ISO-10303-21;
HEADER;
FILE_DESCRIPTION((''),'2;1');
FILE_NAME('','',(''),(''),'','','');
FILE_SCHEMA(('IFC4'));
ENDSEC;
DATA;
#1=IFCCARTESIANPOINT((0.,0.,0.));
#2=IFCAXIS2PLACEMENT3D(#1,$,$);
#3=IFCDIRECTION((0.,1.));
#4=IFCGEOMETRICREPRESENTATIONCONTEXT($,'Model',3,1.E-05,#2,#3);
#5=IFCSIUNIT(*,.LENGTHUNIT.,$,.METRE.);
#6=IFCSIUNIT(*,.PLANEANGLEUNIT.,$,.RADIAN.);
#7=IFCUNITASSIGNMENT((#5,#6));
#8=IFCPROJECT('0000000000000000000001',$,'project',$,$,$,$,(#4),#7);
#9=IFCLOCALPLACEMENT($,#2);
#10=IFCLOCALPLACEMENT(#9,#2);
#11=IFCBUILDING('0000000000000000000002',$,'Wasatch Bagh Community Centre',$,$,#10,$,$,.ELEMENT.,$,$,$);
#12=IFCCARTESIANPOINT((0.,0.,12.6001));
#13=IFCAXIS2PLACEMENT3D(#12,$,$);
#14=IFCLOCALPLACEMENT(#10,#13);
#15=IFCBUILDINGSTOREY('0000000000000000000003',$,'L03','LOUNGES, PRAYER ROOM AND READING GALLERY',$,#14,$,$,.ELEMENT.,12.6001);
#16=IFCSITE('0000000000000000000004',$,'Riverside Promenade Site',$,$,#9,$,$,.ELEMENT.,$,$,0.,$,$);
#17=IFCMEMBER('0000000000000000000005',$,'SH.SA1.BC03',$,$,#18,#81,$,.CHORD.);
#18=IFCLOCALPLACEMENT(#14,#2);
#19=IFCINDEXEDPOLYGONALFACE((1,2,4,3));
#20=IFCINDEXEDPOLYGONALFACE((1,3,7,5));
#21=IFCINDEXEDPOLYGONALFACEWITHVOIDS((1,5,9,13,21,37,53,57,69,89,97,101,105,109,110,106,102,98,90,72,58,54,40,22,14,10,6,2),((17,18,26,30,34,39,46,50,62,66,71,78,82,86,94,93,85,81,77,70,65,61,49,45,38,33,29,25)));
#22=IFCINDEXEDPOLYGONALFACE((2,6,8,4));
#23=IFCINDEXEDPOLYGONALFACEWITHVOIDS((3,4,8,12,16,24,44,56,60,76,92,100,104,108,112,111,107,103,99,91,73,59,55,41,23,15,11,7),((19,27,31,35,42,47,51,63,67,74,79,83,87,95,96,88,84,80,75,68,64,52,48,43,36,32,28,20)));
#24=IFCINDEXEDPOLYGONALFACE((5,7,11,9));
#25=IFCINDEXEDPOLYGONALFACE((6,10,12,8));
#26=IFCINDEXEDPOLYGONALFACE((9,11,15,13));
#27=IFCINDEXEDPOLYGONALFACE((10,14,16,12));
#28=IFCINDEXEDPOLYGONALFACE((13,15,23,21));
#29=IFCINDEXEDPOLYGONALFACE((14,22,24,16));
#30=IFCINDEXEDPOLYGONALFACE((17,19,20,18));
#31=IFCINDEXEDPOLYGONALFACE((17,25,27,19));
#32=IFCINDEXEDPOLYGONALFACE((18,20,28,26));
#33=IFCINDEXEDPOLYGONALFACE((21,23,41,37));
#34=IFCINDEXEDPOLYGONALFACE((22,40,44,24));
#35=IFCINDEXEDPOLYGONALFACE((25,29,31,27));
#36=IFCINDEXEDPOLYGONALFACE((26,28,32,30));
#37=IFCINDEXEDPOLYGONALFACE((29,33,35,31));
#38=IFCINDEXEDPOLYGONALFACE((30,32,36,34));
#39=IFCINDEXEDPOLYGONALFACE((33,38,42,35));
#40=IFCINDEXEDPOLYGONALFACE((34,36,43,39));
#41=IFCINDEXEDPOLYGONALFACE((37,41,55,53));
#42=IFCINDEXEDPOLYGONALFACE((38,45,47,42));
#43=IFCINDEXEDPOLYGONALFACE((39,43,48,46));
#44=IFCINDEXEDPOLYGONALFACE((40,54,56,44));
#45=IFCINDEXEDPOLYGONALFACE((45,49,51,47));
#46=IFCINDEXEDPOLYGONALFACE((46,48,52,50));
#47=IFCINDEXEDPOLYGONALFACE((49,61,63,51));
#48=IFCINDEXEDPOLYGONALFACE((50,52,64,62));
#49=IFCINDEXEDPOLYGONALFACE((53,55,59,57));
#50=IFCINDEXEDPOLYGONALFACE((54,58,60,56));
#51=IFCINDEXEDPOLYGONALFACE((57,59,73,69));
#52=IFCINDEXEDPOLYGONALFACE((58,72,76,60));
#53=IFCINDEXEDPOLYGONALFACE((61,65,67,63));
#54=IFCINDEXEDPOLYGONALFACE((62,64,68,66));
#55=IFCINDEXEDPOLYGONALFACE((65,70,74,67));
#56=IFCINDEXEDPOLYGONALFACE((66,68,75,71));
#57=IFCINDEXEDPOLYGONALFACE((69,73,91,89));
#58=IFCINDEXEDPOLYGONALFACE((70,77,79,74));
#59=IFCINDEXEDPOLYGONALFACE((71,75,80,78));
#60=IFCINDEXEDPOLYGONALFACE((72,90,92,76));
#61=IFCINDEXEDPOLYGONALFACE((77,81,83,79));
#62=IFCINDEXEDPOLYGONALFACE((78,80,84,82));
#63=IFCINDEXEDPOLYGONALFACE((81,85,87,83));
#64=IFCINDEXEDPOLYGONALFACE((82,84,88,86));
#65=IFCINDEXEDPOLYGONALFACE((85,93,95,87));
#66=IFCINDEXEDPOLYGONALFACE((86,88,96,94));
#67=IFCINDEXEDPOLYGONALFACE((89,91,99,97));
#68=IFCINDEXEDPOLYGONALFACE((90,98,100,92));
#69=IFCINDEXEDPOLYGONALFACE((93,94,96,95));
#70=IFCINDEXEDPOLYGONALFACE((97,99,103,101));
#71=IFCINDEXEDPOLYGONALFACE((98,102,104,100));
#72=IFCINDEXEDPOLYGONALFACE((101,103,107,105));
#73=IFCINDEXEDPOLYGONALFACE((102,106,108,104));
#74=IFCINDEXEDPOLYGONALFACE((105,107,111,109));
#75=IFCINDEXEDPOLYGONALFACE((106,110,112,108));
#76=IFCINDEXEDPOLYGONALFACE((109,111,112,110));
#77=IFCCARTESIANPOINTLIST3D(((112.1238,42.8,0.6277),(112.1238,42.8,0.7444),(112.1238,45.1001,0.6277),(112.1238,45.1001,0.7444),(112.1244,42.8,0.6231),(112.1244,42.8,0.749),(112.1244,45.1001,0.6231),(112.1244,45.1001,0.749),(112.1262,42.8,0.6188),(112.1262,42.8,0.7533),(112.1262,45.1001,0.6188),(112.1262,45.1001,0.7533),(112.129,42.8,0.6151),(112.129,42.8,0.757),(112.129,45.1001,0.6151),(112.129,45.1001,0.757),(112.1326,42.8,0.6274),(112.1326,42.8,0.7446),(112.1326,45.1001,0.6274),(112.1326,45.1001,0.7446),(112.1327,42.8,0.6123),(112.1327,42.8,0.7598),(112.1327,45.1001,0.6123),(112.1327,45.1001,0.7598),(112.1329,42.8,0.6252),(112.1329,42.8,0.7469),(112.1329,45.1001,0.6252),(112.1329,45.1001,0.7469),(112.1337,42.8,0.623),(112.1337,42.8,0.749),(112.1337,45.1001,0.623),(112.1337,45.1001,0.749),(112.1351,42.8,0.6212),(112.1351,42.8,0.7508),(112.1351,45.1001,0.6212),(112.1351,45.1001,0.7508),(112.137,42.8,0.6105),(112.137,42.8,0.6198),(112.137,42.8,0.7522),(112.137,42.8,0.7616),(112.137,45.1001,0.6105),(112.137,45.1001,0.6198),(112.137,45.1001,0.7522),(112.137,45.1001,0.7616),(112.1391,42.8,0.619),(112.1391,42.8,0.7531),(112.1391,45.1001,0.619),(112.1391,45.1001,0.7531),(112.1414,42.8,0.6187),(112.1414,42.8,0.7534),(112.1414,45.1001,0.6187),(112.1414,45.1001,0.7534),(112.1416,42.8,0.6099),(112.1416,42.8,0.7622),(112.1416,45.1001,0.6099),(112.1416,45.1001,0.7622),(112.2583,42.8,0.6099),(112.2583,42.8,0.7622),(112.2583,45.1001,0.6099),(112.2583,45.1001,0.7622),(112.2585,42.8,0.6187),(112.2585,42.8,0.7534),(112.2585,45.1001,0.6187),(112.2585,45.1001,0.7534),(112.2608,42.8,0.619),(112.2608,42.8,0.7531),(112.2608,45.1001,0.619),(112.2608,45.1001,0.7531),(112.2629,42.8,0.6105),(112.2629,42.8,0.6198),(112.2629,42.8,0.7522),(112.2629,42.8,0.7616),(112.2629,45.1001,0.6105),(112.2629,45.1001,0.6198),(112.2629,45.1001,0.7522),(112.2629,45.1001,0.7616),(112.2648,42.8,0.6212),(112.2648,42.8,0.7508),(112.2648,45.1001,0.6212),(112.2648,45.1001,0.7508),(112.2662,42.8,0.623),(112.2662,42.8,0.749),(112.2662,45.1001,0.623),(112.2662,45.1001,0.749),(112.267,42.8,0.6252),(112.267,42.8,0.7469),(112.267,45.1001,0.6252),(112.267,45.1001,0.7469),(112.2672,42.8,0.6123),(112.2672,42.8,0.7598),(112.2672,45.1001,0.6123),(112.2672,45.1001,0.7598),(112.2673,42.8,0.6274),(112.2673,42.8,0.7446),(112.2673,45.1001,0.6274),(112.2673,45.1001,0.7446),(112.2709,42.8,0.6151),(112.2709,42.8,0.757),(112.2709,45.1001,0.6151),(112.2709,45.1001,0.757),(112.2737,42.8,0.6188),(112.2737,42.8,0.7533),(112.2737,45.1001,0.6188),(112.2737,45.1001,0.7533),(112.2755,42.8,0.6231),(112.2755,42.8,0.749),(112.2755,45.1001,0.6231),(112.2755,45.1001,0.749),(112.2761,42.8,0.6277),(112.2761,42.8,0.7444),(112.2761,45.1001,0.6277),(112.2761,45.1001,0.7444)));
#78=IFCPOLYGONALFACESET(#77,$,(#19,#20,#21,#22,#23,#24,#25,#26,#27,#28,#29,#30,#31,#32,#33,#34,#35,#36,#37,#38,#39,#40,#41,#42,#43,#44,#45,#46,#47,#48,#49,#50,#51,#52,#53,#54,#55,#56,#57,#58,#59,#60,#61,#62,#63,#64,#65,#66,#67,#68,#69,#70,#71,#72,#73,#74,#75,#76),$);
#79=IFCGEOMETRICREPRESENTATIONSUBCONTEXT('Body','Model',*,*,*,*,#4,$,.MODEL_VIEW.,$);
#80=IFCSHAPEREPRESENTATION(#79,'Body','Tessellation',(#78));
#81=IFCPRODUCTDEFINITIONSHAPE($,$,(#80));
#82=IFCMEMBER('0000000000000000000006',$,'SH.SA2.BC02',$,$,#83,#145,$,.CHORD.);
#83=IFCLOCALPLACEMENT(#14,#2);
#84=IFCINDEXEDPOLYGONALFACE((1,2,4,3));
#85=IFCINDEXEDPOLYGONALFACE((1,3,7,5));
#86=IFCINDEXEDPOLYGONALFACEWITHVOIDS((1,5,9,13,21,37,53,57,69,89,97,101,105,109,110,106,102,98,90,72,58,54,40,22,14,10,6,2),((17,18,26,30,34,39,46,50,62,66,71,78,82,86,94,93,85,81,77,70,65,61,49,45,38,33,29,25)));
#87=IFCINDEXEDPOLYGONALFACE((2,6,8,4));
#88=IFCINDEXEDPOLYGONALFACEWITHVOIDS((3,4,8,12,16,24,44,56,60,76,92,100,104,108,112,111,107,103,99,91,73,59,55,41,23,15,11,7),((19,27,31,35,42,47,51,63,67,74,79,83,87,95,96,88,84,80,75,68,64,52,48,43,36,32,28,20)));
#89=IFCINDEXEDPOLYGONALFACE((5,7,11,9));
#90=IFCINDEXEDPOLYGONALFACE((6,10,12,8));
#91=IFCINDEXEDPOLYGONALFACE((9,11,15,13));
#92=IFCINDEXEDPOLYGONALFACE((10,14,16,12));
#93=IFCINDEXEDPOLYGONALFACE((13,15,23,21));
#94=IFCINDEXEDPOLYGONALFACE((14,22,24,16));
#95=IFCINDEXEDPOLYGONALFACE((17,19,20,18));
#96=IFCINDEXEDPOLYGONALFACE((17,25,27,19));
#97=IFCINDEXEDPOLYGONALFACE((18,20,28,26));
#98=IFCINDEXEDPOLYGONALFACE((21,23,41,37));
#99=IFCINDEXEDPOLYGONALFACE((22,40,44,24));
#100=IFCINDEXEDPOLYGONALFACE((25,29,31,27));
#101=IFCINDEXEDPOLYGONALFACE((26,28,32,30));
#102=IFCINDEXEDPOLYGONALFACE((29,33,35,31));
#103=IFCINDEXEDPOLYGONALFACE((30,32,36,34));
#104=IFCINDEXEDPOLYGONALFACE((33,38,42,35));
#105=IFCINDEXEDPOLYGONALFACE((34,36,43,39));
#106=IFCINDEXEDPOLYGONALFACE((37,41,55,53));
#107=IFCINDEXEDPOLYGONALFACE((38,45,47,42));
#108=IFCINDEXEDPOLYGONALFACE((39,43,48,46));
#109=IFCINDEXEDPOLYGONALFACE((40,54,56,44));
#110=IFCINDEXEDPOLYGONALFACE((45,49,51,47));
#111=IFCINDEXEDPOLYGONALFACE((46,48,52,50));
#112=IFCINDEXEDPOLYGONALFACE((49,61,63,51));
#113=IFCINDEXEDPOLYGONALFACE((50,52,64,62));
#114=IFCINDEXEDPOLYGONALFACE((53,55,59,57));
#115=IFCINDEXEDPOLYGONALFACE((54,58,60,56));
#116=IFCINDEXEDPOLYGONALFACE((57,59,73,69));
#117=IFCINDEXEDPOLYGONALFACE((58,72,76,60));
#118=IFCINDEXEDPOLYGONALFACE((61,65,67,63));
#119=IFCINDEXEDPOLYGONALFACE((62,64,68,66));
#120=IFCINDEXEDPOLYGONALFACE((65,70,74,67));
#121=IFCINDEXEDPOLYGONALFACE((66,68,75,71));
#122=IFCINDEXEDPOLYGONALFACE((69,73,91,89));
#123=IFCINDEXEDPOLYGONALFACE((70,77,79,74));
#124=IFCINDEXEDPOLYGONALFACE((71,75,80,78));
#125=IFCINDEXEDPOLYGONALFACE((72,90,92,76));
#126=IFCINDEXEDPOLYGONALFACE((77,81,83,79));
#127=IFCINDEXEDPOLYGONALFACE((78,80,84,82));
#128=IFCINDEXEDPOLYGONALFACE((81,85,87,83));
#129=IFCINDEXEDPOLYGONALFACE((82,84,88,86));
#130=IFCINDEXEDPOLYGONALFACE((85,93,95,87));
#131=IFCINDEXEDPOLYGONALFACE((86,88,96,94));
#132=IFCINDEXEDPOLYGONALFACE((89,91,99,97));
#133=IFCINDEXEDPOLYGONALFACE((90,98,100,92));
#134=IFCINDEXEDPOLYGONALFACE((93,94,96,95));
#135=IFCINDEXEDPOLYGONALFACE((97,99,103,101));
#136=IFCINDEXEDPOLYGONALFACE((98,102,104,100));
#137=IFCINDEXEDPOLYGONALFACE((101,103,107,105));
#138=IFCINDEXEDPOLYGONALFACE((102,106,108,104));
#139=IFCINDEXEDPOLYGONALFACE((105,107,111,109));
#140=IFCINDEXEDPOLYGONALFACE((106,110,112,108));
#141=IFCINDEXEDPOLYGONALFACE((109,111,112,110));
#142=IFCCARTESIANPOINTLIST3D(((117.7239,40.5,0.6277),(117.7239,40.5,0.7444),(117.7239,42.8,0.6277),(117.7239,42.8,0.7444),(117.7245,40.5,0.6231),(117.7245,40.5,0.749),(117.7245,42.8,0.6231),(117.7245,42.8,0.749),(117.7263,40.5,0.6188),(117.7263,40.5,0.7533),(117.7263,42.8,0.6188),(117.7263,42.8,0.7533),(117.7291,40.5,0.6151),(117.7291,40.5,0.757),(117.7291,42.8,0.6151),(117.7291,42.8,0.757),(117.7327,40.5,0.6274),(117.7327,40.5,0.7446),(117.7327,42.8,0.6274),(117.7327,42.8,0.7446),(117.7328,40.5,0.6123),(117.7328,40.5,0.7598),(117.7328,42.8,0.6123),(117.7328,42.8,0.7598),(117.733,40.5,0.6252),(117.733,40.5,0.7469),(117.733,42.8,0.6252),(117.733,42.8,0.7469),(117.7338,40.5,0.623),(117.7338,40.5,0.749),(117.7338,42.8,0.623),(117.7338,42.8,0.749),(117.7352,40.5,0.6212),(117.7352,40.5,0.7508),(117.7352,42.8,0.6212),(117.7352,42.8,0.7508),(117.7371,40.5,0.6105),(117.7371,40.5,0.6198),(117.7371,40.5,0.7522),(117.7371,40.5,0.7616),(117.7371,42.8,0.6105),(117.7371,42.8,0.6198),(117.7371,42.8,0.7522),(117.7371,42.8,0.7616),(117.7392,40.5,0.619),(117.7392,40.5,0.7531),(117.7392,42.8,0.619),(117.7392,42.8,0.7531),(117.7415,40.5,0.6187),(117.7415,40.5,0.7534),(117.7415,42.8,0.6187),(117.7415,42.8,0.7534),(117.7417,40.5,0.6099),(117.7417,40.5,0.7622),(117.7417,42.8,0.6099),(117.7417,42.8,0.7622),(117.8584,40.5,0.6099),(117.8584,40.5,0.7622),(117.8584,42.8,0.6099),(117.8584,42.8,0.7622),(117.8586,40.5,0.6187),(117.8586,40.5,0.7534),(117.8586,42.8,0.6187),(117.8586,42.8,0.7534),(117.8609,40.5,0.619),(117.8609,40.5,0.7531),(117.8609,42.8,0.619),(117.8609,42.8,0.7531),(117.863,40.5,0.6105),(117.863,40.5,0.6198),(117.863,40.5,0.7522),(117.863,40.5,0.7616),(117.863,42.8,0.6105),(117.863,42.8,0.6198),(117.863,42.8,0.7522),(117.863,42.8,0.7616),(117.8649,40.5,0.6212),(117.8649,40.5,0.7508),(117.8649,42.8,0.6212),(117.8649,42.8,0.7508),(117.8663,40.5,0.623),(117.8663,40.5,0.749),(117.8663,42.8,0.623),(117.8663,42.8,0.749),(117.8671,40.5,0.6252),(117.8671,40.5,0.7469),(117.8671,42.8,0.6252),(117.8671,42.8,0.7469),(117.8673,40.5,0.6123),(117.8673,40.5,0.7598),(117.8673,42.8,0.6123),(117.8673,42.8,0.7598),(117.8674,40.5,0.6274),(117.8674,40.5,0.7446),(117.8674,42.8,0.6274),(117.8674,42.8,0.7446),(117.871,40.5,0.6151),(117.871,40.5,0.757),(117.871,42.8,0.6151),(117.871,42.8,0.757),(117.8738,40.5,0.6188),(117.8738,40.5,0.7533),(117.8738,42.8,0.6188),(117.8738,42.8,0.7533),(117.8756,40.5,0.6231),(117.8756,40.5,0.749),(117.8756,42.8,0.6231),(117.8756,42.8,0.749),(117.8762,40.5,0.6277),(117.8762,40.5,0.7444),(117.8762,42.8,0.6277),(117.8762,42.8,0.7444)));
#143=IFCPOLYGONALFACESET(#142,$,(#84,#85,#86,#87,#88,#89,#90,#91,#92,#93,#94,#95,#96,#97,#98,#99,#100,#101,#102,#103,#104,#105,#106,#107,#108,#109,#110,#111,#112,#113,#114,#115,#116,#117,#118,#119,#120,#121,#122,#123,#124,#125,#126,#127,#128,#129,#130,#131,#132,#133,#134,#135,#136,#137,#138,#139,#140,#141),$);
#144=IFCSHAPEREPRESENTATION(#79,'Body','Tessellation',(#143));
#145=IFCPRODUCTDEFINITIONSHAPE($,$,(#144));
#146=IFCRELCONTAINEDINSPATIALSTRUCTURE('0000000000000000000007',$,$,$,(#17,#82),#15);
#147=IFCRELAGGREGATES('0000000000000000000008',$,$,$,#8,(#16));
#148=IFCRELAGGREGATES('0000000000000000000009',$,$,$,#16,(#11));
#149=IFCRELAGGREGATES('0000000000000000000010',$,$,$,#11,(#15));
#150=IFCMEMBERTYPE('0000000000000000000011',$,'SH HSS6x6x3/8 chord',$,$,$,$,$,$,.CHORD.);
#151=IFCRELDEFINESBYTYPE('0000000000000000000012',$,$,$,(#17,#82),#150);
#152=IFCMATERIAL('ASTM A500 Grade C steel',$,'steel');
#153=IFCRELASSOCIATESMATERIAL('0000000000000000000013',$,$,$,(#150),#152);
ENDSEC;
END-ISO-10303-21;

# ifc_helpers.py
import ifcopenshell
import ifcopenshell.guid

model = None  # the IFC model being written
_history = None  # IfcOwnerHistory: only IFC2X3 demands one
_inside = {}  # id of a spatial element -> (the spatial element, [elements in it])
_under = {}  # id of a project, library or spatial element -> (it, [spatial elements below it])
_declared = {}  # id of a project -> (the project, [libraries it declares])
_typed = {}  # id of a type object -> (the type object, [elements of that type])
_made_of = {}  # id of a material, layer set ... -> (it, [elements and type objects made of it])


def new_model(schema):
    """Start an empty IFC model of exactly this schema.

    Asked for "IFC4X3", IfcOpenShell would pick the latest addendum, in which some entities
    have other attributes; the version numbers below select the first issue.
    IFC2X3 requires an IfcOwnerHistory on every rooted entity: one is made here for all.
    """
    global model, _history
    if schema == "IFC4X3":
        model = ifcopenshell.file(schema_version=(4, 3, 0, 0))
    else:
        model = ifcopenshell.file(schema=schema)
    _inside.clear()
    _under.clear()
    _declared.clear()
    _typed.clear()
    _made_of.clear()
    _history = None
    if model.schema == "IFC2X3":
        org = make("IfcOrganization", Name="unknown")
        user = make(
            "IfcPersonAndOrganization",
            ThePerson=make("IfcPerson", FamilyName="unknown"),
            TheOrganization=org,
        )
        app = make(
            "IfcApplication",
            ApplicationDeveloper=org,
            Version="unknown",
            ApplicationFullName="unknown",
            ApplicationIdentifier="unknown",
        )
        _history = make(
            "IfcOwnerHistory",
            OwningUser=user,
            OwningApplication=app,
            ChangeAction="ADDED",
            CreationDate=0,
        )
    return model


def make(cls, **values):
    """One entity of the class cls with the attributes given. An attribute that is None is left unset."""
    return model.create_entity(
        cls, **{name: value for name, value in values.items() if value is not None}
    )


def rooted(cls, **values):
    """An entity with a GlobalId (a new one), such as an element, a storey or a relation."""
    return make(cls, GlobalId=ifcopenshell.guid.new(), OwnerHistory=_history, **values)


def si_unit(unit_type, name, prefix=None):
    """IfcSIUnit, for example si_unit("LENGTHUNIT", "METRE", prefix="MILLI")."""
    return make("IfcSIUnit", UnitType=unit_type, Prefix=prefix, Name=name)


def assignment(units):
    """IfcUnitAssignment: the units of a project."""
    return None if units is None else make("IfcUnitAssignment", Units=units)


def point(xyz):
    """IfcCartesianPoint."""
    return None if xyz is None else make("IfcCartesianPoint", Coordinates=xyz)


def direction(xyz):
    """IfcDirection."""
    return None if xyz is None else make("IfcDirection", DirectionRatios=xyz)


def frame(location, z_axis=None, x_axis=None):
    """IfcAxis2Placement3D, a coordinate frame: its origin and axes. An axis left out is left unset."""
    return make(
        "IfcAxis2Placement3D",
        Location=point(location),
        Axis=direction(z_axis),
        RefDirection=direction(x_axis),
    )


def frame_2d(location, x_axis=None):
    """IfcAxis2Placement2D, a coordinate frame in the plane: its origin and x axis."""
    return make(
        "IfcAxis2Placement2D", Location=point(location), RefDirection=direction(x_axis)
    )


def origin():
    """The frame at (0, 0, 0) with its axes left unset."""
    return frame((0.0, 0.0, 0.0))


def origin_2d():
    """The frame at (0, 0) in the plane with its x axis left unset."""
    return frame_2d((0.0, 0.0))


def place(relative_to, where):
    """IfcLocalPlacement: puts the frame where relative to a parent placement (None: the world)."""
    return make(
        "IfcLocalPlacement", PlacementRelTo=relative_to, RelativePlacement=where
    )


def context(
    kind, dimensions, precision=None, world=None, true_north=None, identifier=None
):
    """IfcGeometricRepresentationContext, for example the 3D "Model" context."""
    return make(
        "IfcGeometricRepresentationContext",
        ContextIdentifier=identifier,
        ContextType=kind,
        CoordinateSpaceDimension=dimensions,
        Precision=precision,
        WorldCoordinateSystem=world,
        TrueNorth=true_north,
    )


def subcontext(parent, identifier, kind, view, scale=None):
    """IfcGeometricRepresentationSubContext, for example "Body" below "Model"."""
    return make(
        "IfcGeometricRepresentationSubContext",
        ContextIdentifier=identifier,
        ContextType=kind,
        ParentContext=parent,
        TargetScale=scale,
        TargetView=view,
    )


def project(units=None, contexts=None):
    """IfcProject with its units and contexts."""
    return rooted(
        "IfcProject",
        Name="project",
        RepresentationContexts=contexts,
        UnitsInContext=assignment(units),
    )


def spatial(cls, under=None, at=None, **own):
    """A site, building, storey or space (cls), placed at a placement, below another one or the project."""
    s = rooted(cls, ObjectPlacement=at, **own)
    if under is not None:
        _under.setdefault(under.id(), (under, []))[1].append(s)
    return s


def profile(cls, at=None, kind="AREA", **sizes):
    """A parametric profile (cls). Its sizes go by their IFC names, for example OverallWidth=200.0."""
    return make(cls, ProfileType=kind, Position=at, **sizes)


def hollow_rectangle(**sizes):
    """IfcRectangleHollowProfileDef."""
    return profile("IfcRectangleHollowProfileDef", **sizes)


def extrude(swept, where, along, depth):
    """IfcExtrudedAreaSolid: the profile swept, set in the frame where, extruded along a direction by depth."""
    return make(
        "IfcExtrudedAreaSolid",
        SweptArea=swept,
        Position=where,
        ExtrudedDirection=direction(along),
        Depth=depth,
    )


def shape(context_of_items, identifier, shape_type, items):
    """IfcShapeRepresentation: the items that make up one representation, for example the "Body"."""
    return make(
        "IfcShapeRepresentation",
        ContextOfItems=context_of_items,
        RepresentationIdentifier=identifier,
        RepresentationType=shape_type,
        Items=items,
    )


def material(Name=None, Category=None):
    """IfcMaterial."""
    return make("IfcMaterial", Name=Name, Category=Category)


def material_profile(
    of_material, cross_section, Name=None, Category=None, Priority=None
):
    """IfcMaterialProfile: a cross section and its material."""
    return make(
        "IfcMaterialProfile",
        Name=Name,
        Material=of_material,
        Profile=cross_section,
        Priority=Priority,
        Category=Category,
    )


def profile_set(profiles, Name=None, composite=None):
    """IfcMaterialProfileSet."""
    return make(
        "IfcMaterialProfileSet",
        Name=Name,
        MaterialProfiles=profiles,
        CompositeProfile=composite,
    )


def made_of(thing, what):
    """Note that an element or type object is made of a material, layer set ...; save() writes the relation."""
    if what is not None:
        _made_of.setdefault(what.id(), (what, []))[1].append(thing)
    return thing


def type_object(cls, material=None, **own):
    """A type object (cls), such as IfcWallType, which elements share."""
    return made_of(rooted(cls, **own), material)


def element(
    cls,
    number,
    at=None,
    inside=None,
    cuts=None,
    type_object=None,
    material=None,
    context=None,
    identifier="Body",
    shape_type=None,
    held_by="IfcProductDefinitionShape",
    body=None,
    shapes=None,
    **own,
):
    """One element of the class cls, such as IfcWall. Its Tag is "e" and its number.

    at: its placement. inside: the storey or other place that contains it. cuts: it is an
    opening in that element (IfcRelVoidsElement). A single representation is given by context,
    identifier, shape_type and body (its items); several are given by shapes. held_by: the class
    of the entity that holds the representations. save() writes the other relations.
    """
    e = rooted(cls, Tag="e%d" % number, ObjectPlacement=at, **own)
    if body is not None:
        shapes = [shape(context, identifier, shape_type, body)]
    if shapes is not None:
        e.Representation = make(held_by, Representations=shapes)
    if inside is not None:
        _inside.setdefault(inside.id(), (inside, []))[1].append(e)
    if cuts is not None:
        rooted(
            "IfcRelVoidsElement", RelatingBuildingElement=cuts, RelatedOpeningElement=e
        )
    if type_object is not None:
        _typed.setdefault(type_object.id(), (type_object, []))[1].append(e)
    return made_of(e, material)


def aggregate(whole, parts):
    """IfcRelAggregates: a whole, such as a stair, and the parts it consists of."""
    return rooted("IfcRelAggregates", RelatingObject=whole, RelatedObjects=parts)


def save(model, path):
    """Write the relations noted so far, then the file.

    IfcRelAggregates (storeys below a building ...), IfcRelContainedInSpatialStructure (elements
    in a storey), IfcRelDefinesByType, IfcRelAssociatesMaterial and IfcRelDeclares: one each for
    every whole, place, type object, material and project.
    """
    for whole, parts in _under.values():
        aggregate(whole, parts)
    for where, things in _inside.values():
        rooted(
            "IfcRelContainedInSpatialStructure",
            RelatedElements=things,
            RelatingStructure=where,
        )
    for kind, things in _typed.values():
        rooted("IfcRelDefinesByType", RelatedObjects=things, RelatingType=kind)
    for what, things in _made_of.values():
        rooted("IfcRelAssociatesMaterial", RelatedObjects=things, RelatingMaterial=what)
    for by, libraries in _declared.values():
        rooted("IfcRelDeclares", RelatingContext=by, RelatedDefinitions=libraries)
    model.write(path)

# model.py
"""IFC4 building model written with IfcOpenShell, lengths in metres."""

from ifc_helpers import new_model, si_unit, direction, frame, origin, origin_2d, place, context, subcontext, project, spatial, hollow_rectangle, extrude, material, material_profile, profile_set, type_object, element, save


model = new_model("IFC4")

# Units and contexts
model_context = context("Model", 3, precision=1e-05, world=origin(), true_north=direction((0.0, 1.0)))
body_context = subcontext(model_context, "Body", "Model", "MODEL_VIEW")
ifc_project = project(units=[si_unit("LENGTHUNIT", "METRE"), si_unit("PLANEANGLEUNIT", "RADIAN")], contexts=[model_context])

# Site, building, storey
site_placement = place(None, origin())
site = spatial("IfcSite", under=ifc_project, at=site_placement, Name="Riverside Promenade Site", CompositionType="ELEMENT", RefElevation=0.0)
building_placement = place(site_placement, origin())
building = spatial("IfcBuilding", under=site, at=building_placement, Name="Wasatch Bagh Community Centre", CompositionType="ELEMENT")
storey_placement = place(building_placement, frame((0.0, 0.0, 12.6001)))
storey = spatial("IfcBuildingStorey", under=building, at=storey_placement, Name="L03", Description="LOUNGES, PRAYER ROOM AND READING GALLERY", CompositionType="ELEMENT", Elevation=12.6001)

# Members
ifc_material_1 = material(Name="ASTM A500 Grade C steel", Category="steel")
ifc_material_profile_1 = material_profile(ifc_material_1, hollow_rectangle(XDim=0.1523, YDim=0.1523, WallThickness=0.0088, InnerFilletRadius=0.0088, OuterFilletRadius=0.0178, at=origin_2d()), Name="HSS6x6x3/8")
ifc_profile_set_1 = profile_set([ifc_material_profile_1], Name="ASTM A500 Grade C steel")
member_type_1 = type_object("IfcMemberType", Name="SH HSS6x6x3/8 chord", PredefinedType="CHORD", material=ifc_profile_set_1)
for number, where, z_axis, x_axis, name in (
    (1, (112.2, 42.8, 0.686), (0.0, 1.0, 0.0), (-1.0, 0.0, 0.0), "SH.SA1.BC03"),
    (2, (117.8, 40.5, 0.686), (0.0, 1.0, 0.0), (-1.0, 0.0, 0.0), "SH.SA2.BC02"),
):
    element("IfcMember", number, at=place(storey_placement, frame(where, z_axis=z_axis, x_axis=x_axis)), inside=storey, type_object=member_type_1, Name=name, PredefinedType="CHORD", context=body_context, shape_type="SweptSolid", body=[
        extrude(hollow_rectangle(XDim=0.1523, YDim=0.1523, WallThickness=0.0088, InnerFilletRadius=0.0088, OuterFilletRadius=0.0178, at=origin_2d()), origin(), (0.0, 0.0, 1.0), 2.3),
    ])

save(model, "model.ifc")
